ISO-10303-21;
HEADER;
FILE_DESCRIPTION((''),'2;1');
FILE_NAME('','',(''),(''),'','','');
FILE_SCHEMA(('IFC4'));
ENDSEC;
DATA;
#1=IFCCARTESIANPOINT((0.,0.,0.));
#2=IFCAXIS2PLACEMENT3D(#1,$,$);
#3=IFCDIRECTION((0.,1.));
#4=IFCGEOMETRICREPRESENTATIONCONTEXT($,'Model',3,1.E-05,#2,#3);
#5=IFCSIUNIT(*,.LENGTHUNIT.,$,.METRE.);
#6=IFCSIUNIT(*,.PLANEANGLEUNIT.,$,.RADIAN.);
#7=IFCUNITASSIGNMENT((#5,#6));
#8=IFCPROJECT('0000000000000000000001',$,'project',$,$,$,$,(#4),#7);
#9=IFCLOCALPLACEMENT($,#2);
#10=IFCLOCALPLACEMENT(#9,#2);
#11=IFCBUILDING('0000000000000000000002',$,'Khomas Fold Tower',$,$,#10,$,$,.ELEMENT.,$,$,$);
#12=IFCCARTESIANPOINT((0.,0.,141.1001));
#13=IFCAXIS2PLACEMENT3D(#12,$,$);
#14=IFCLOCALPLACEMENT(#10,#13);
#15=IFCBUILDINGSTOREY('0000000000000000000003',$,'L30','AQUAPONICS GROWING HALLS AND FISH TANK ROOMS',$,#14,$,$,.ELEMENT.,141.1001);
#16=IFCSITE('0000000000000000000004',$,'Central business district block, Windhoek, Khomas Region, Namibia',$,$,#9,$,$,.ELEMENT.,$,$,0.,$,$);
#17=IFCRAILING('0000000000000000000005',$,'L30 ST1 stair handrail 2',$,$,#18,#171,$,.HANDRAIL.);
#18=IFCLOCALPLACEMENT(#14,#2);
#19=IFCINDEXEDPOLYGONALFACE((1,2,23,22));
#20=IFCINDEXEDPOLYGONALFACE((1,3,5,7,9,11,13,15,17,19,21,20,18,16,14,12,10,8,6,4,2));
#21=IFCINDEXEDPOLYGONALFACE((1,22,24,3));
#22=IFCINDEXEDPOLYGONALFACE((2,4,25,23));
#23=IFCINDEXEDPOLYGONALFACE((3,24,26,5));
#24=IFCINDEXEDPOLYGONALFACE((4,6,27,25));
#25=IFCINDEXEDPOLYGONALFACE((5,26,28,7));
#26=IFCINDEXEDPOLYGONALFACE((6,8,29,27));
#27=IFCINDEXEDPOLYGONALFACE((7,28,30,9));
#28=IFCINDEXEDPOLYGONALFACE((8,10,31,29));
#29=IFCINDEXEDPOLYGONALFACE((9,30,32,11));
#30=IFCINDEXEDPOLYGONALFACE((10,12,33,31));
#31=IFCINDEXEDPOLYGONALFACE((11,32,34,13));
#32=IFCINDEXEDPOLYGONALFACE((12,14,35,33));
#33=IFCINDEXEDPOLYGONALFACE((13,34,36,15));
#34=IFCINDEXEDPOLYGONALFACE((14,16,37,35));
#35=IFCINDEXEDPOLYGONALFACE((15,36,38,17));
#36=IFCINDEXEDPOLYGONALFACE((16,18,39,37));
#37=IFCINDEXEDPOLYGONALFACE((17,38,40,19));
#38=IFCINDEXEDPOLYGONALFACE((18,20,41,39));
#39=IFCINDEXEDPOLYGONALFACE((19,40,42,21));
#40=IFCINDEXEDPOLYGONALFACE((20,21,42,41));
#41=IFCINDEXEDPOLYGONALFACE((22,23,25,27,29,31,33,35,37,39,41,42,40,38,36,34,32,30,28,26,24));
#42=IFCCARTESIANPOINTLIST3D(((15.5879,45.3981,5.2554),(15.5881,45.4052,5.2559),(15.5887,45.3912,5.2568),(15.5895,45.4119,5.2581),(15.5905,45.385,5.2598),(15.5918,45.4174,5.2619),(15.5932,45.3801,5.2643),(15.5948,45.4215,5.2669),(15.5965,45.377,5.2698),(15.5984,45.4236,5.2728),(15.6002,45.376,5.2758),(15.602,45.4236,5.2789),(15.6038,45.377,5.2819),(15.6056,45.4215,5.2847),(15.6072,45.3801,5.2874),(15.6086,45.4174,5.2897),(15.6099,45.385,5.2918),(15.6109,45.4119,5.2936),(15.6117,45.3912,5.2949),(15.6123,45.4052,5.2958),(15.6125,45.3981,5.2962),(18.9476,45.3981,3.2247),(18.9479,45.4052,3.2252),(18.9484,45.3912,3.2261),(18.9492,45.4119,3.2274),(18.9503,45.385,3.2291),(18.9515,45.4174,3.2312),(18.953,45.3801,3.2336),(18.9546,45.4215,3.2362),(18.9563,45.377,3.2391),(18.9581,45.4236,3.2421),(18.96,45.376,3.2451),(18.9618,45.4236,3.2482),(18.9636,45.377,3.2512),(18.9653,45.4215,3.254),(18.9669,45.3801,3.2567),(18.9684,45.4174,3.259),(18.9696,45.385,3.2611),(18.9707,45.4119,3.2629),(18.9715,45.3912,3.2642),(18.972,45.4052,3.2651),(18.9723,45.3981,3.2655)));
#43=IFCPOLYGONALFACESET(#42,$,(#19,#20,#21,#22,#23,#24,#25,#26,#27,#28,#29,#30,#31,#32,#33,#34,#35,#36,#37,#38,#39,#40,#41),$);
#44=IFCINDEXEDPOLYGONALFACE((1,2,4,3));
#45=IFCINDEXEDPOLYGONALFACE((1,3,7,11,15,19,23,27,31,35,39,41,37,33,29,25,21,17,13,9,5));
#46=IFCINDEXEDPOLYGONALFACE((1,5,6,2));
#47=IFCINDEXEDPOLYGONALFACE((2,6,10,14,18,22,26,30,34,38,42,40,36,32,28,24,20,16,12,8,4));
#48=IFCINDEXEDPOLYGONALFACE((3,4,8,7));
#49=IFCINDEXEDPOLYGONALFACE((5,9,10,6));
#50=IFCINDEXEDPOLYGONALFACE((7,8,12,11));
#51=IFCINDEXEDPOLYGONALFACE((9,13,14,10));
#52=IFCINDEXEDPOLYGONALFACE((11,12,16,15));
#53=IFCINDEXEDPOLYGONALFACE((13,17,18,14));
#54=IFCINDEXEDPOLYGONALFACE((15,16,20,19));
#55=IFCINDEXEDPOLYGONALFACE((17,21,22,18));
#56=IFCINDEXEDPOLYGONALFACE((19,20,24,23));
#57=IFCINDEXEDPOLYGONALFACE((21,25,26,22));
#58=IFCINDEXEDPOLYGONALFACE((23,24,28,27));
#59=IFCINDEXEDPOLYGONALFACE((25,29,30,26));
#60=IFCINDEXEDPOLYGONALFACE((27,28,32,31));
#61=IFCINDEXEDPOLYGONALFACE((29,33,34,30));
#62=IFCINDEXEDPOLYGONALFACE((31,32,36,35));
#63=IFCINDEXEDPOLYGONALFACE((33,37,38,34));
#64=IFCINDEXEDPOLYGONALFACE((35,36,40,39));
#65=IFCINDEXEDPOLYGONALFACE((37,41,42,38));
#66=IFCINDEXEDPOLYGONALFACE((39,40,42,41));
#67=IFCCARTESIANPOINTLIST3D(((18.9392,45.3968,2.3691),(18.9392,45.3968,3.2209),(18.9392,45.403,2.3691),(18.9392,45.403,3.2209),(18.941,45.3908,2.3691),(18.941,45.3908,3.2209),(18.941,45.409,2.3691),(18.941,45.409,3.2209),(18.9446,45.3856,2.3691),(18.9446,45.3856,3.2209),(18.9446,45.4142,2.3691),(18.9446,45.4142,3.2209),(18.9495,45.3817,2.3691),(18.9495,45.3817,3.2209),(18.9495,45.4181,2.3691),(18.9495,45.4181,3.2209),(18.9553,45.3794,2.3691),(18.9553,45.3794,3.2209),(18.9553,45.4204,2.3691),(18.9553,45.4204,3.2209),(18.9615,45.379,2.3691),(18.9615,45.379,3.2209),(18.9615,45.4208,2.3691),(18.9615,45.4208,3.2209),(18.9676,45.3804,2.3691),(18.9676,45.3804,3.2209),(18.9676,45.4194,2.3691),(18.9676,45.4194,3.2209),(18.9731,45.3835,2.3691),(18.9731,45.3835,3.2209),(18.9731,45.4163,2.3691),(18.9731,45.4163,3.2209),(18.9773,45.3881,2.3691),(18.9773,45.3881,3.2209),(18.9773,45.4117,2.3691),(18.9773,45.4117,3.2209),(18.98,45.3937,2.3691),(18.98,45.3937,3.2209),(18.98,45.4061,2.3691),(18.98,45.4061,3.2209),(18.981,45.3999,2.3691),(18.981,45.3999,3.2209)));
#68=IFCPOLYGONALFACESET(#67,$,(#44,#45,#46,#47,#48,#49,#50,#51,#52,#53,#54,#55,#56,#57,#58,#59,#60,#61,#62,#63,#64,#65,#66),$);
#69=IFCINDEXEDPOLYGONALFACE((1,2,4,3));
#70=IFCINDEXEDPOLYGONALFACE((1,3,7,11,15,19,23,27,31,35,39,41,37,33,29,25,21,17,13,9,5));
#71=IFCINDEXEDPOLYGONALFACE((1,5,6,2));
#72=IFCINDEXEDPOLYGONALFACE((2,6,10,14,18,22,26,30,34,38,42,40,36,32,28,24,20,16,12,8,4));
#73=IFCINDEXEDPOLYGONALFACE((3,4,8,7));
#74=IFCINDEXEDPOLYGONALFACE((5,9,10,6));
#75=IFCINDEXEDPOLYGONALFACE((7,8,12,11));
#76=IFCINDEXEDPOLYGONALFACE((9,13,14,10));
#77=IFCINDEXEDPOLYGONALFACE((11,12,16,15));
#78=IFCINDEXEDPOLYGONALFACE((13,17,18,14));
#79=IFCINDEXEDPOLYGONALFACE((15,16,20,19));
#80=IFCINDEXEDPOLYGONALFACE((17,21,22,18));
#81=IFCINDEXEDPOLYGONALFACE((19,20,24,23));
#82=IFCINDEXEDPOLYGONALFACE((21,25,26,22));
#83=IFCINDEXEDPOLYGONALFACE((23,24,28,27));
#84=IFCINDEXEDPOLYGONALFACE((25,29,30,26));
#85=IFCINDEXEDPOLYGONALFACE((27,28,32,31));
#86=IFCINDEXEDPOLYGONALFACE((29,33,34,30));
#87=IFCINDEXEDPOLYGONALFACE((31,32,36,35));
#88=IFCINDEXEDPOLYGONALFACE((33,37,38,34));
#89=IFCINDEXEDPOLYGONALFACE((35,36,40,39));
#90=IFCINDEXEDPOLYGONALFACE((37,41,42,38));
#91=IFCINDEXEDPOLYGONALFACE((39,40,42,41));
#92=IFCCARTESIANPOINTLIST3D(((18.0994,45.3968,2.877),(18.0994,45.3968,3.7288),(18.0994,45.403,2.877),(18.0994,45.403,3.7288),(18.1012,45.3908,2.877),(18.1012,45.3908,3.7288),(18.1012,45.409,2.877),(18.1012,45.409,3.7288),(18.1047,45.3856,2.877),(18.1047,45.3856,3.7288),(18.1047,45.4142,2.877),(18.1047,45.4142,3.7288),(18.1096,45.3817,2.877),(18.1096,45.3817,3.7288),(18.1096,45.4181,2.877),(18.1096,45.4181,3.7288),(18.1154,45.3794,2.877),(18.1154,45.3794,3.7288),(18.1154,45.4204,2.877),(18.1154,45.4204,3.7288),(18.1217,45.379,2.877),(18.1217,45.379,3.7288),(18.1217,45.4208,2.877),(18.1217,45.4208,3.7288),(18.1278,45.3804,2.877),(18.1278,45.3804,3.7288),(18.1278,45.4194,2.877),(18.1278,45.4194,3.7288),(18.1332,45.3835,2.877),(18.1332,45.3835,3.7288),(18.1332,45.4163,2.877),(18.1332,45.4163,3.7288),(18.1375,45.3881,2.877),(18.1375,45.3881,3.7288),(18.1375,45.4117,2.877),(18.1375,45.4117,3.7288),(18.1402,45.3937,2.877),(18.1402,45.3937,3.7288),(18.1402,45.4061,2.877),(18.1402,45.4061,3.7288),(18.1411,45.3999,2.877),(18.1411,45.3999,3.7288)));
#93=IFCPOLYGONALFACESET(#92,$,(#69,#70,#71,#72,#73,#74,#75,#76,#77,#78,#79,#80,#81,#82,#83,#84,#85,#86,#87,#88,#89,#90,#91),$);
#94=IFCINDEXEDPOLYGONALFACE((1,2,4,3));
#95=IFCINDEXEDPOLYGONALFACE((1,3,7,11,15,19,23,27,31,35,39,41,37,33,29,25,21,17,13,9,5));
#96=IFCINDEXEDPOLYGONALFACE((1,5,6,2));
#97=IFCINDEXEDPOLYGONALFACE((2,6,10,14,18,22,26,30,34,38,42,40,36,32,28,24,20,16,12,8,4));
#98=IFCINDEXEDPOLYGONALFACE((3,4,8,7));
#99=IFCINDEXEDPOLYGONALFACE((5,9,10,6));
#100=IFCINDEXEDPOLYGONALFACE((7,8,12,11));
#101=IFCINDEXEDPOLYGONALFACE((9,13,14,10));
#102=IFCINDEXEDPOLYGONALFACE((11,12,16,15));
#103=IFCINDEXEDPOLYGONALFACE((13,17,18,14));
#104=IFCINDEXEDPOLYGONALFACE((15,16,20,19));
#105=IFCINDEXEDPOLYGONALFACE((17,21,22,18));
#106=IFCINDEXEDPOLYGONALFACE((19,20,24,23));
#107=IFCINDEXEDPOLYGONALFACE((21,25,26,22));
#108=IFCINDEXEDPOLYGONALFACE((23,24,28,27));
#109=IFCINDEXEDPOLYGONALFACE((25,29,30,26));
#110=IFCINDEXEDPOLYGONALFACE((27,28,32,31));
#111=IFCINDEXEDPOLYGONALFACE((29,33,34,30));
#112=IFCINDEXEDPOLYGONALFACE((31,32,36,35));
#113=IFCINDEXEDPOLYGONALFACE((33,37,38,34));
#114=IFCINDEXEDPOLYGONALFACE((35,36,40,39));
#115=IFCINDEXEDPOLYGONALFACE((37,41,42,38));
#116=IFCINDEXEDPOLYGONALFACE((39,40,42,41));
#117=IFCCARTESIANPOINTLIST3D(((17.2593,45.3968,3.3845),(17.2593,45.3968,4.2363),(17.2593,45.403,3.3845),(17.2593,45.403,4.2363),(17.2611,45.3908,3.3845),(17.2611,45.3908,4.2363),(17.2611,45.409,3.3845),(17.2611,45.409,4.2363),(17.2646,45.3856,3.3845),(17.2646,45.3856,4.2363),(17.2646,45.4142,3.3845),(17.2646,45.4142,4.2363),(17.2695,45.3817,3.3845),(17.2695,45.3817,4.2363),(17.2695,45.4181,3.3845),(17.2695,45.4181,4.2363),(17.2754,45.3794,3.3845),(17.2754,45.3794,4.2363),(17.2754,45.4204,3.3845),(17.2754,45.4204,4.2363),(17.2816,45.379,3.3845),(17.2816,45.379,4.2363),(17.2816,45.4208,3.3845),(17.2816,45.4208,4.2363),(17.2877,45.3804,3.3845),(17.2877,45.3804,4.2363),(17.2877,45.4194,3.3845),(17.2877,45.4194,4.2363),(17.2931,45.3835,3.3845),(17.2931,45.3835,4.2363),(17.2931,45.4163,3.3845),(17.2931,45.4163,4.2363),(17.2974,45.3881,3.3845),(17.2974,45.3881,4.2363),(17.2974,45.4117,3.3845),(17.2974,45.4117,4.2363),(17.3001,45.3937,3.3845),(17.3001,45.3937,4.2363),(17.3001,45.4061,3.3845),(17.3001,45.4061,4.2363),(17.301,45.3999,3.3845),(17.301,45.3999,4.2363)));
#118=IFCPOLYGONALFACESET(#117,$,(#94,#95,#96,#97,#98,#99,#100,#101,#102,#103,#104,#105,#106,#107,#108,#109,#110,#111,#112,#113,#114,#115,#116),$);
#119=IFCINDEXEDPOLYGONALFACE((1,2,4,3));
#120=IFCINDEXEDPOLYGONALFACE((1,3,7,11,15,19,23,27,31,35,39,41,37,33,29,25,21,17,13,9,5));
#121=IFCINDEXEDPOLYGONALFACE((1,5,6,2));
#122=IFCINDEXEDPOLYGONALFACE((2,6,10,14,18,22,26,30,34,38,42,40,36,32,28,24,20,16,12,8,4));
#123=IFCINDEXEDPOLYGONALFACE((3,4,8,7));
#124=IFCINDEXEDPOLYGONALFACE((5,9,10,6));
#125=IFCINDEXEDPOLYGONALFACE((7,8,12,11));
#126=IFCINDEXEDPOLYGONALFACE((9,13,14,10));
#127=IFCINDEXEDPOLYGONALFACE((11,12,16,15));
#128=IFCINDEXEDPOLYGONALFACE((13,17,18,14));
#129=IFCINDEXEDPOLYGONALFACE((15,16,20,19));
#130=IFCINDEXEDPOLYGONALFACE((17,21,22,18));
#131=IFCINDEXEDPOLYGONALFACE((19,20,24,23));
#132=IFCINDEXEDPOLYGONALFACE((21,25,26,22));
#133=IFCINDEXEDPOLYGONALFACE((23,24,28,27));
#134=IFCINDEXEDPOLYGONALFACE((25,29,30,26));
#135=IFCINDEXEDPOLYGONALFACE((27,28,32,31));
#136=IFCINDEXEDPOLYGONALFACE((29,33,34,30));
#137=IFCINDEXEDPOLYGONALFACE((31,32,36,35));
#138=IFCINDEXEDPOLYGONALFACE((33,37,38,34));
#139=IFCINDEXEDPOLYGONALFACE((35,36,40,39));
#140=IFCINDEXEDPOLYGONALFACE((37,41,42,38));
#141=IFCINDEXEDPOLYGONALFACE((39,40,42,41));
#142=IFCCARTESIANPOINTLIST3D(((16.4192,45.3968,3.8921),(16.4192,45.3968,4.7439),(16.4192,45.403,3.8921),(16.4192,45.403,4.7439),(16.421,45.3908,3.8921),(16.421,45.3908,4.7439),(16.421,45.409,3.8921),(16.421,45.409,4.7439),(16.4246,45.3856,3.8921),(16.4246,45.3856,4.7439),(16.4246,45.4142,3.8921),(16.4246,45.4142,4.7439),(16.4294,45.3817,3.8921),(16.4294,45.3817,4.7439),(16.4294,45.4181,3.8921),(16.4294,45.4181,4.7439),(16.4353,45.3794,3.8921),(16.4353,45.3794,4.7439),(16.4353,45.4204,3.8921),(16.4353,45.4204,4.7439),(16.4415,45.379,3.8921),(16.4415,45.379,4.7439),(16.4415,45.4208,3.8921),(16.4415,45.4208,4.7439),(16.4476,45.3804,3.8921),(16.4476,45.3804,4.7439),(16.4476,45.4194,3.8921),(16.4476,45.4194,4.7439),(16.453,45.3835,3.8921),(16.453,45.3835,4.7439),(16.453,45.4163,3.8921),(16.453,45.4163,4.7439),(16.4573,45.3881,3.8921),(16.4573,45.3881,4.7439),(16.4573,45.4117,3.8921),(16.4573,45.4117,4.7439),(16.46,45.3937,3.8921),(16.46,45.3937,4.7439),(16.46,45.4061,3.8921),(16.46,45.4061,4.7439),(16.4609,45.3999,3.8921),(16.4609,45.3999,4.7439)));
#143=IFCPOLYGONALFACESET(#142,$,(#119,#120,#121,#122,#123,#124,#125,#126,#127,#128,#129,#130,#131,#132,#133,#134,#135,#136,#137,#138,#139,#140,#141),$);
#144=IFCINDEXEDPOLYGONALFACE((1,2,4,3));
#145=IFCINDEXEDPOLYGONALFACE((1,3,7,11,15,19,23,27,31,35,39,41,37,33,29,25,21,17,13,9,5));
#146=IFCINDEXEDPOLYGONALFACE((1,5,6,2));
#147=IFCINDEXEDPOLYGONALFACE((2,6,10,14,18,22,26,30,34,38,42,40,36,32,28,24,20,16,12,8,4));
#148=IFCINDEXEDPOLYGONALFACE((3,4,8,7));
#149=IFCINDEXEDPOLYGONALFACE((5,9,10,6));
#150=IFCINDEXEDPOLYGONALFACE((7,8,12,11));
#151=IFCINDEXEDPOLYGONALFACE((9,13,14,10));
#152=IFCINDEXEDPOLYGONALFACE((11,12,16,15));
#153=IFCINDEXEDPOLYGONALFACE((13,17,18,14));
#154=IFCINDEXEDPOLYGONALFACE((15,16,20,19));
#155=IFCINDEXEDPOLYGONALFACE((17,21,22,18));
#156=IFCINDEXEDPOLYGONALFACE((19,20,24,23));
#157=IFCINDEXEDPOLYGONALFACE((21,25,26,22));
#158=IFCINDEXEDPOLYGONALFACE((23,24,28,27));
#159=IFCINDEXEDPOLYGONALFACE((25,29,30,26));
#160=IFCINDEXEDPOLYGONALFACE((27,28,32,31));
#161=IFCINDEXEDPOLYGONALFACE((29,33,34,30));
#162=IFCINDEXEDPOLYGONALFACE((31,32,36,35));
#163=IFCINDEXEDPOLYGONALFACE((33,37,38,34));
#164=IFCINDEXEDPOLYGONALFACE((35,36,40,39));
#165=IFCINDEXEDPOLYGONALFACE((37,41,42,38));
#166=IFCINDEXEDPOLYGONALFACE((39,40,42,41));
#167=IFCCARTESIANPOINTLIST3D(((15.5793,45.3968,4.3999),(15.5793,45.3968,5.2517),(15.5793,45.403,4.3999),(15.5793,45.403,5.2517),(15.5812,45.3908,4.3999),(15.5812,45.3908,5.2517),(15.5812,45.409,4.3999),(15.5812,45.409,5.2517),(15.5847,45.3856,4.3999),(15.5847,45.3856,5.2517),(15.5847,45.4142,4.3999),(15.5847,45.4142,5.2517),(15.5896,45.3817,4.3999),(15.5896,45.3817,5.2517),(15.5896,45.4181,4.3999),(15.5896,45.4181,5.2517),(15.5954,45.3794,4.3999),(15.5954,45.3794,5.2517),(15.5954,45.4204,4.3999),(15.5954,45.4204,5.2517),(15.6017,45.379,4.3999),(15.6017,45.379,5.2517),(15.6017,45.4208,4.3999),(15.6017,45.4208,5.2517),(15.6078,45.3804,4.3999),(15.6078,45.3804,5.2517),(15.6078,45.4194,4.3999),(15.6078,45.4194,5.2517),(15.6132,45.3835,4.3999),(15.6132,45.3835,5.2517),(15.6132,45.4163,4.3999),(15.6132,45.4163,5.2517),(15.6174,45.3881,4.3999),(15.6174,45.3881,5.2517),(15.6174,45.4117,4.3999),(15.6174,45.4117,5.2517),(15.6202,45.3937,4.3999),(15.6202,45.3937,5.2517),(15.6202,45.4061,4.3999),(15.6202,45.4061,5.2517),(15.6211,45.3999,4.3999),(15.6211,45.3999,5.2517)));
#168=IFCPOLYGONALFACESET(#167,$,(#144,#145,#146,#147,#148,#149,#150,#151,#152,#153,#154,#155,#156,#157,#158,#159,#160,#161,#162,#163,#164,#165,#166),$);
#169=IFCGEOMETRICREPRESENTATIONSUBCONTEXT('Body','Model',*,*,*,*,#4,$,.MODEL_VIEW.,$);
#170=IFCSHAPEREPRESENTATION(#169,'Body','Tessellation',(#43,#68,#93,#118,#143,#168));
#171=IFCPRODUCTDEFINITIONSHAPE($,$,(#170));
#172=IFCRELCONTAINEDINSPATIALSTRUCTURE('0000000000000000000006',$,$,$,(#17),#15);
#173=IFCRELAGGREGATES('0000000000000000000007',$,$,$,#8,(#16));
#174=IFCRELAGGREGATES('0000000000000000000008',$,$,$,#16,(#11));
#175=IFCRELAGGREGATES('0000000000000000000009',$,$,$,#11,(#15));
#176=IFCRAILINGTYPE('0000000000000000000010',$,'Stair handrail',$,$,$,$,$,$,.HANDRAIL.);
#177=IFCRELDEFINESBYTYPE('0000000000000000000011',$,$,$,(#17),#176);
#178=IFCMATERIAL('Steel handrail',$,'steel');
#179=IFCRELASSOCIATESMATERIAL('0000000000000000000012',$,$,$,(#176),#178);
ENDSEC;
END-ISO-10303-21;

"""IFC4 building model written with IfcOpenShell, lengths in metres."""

from ifc_helpers import new_model, si_unit, direction, frame, origin, origin_2d, place, context, subcontext, project, spatial, circle, extrude, source, transform, mapped, material, type_object, element, save


model = new_model("IFC4")

# Units and contexts
model_context = context("Model", 3, precision=1e-05, world=origin(), true_north=direction((0.0, 1.0)))
body_context = subcontext(model_context, "Body", "Model", "MODEL_VIEW")
ifc_project = project(units=[si_unit("LENGTHUNIT", "METRE"), si_unit("PLANEANGLEUNIT", "RADIAN")], contexts=[model_context])

# Site, building, storey
site_placement = place(None, origin())
site = spatial("IfcSite", under=ifc_project, at=site_placement, Name="Central business district block, Windhoek, Khomas Region, Namibia", CompositionType="ELEMENT", RefElevation=0.0)
building_placement = place(site_placement, origin())
building = spatial("IfcBuilding", under=site, at=building_placement, Name="Khomas Fold Tower", CompositionType="ELEMENT")
storey_placement = place(building_placement, frame((0.0, 0.0, 141.1001)))
storey = spatial("IfcBuildingStorey", under=building, at=storey_placement, Name="L30", Description="AQUAPONICS GROWING HALLS AND FISH TANK ROOMS", CompositionType="ELEMENT", Elevation=141.1001)

# Railing
ifc_material_1 = material(Name="Steel handrail", Category="steel")
railing_type_1 = type_object("IfcRailingType", Name="Stair handrail", PredefinedType="HANDRAIL", material=ifc_material_1)
shared_shape_1 = source(origin(), body_context, "Body", "SweptSolid", [
    extrude(circle(Radius=0.0239, at=origin_2d()), frame((0.0, 0.0, 0.876), z_axis=(-0.85582, 0.0, 0.517273), x_axis=(0.0, -1.0, 0.0)), (0.0, 0.0, 1.0), 3.9258),
    extrude(circle(Radius=0.021, at=origin_2d()), origin(), (0.0, 0.0, 1.0), 0.8518),
    extrude(circle(Radius=0.021, at=origin_2d()), frame((-0.8398, 0.0, 0.5078)), (0.0, 0.0, 1.0), 0.8518),
    extrude(circle(Radius=0.021, at=origin_2d()), frame((-1.6799, 0.0, 1.0154)), (0.0, 0.0, 1.0), 0.8518),
    extrude(circle(Radius=0.021, at=origin_2d()), frame((-2.52, 0.0, 1.5229)), (0.0, 0.0, 1.0), 0.8518),
    extrude(circle(Radius=0.021, at=origin_2d()), frame((-3.3599, 0.0, 2.0308)), (0.0, 0.0, 1.0), 0.8518),
])
railing_1_placement = place(storey_placement, frame((18.96, 45.3999, 2.3691)))
element("IfcRailing", 1, at=railing_1_placement, inside=storey, type_object=railing_type_1, Name="L30 ST1 stair handrail 2", PredefinedType="HANDRAIL", context=body_context, shape_type="MappedRepresentation", body=[
    mapped(shared_shape_1, transform((0.0, 0.0, 0.0))),
])

save(model, "model.ifc")
